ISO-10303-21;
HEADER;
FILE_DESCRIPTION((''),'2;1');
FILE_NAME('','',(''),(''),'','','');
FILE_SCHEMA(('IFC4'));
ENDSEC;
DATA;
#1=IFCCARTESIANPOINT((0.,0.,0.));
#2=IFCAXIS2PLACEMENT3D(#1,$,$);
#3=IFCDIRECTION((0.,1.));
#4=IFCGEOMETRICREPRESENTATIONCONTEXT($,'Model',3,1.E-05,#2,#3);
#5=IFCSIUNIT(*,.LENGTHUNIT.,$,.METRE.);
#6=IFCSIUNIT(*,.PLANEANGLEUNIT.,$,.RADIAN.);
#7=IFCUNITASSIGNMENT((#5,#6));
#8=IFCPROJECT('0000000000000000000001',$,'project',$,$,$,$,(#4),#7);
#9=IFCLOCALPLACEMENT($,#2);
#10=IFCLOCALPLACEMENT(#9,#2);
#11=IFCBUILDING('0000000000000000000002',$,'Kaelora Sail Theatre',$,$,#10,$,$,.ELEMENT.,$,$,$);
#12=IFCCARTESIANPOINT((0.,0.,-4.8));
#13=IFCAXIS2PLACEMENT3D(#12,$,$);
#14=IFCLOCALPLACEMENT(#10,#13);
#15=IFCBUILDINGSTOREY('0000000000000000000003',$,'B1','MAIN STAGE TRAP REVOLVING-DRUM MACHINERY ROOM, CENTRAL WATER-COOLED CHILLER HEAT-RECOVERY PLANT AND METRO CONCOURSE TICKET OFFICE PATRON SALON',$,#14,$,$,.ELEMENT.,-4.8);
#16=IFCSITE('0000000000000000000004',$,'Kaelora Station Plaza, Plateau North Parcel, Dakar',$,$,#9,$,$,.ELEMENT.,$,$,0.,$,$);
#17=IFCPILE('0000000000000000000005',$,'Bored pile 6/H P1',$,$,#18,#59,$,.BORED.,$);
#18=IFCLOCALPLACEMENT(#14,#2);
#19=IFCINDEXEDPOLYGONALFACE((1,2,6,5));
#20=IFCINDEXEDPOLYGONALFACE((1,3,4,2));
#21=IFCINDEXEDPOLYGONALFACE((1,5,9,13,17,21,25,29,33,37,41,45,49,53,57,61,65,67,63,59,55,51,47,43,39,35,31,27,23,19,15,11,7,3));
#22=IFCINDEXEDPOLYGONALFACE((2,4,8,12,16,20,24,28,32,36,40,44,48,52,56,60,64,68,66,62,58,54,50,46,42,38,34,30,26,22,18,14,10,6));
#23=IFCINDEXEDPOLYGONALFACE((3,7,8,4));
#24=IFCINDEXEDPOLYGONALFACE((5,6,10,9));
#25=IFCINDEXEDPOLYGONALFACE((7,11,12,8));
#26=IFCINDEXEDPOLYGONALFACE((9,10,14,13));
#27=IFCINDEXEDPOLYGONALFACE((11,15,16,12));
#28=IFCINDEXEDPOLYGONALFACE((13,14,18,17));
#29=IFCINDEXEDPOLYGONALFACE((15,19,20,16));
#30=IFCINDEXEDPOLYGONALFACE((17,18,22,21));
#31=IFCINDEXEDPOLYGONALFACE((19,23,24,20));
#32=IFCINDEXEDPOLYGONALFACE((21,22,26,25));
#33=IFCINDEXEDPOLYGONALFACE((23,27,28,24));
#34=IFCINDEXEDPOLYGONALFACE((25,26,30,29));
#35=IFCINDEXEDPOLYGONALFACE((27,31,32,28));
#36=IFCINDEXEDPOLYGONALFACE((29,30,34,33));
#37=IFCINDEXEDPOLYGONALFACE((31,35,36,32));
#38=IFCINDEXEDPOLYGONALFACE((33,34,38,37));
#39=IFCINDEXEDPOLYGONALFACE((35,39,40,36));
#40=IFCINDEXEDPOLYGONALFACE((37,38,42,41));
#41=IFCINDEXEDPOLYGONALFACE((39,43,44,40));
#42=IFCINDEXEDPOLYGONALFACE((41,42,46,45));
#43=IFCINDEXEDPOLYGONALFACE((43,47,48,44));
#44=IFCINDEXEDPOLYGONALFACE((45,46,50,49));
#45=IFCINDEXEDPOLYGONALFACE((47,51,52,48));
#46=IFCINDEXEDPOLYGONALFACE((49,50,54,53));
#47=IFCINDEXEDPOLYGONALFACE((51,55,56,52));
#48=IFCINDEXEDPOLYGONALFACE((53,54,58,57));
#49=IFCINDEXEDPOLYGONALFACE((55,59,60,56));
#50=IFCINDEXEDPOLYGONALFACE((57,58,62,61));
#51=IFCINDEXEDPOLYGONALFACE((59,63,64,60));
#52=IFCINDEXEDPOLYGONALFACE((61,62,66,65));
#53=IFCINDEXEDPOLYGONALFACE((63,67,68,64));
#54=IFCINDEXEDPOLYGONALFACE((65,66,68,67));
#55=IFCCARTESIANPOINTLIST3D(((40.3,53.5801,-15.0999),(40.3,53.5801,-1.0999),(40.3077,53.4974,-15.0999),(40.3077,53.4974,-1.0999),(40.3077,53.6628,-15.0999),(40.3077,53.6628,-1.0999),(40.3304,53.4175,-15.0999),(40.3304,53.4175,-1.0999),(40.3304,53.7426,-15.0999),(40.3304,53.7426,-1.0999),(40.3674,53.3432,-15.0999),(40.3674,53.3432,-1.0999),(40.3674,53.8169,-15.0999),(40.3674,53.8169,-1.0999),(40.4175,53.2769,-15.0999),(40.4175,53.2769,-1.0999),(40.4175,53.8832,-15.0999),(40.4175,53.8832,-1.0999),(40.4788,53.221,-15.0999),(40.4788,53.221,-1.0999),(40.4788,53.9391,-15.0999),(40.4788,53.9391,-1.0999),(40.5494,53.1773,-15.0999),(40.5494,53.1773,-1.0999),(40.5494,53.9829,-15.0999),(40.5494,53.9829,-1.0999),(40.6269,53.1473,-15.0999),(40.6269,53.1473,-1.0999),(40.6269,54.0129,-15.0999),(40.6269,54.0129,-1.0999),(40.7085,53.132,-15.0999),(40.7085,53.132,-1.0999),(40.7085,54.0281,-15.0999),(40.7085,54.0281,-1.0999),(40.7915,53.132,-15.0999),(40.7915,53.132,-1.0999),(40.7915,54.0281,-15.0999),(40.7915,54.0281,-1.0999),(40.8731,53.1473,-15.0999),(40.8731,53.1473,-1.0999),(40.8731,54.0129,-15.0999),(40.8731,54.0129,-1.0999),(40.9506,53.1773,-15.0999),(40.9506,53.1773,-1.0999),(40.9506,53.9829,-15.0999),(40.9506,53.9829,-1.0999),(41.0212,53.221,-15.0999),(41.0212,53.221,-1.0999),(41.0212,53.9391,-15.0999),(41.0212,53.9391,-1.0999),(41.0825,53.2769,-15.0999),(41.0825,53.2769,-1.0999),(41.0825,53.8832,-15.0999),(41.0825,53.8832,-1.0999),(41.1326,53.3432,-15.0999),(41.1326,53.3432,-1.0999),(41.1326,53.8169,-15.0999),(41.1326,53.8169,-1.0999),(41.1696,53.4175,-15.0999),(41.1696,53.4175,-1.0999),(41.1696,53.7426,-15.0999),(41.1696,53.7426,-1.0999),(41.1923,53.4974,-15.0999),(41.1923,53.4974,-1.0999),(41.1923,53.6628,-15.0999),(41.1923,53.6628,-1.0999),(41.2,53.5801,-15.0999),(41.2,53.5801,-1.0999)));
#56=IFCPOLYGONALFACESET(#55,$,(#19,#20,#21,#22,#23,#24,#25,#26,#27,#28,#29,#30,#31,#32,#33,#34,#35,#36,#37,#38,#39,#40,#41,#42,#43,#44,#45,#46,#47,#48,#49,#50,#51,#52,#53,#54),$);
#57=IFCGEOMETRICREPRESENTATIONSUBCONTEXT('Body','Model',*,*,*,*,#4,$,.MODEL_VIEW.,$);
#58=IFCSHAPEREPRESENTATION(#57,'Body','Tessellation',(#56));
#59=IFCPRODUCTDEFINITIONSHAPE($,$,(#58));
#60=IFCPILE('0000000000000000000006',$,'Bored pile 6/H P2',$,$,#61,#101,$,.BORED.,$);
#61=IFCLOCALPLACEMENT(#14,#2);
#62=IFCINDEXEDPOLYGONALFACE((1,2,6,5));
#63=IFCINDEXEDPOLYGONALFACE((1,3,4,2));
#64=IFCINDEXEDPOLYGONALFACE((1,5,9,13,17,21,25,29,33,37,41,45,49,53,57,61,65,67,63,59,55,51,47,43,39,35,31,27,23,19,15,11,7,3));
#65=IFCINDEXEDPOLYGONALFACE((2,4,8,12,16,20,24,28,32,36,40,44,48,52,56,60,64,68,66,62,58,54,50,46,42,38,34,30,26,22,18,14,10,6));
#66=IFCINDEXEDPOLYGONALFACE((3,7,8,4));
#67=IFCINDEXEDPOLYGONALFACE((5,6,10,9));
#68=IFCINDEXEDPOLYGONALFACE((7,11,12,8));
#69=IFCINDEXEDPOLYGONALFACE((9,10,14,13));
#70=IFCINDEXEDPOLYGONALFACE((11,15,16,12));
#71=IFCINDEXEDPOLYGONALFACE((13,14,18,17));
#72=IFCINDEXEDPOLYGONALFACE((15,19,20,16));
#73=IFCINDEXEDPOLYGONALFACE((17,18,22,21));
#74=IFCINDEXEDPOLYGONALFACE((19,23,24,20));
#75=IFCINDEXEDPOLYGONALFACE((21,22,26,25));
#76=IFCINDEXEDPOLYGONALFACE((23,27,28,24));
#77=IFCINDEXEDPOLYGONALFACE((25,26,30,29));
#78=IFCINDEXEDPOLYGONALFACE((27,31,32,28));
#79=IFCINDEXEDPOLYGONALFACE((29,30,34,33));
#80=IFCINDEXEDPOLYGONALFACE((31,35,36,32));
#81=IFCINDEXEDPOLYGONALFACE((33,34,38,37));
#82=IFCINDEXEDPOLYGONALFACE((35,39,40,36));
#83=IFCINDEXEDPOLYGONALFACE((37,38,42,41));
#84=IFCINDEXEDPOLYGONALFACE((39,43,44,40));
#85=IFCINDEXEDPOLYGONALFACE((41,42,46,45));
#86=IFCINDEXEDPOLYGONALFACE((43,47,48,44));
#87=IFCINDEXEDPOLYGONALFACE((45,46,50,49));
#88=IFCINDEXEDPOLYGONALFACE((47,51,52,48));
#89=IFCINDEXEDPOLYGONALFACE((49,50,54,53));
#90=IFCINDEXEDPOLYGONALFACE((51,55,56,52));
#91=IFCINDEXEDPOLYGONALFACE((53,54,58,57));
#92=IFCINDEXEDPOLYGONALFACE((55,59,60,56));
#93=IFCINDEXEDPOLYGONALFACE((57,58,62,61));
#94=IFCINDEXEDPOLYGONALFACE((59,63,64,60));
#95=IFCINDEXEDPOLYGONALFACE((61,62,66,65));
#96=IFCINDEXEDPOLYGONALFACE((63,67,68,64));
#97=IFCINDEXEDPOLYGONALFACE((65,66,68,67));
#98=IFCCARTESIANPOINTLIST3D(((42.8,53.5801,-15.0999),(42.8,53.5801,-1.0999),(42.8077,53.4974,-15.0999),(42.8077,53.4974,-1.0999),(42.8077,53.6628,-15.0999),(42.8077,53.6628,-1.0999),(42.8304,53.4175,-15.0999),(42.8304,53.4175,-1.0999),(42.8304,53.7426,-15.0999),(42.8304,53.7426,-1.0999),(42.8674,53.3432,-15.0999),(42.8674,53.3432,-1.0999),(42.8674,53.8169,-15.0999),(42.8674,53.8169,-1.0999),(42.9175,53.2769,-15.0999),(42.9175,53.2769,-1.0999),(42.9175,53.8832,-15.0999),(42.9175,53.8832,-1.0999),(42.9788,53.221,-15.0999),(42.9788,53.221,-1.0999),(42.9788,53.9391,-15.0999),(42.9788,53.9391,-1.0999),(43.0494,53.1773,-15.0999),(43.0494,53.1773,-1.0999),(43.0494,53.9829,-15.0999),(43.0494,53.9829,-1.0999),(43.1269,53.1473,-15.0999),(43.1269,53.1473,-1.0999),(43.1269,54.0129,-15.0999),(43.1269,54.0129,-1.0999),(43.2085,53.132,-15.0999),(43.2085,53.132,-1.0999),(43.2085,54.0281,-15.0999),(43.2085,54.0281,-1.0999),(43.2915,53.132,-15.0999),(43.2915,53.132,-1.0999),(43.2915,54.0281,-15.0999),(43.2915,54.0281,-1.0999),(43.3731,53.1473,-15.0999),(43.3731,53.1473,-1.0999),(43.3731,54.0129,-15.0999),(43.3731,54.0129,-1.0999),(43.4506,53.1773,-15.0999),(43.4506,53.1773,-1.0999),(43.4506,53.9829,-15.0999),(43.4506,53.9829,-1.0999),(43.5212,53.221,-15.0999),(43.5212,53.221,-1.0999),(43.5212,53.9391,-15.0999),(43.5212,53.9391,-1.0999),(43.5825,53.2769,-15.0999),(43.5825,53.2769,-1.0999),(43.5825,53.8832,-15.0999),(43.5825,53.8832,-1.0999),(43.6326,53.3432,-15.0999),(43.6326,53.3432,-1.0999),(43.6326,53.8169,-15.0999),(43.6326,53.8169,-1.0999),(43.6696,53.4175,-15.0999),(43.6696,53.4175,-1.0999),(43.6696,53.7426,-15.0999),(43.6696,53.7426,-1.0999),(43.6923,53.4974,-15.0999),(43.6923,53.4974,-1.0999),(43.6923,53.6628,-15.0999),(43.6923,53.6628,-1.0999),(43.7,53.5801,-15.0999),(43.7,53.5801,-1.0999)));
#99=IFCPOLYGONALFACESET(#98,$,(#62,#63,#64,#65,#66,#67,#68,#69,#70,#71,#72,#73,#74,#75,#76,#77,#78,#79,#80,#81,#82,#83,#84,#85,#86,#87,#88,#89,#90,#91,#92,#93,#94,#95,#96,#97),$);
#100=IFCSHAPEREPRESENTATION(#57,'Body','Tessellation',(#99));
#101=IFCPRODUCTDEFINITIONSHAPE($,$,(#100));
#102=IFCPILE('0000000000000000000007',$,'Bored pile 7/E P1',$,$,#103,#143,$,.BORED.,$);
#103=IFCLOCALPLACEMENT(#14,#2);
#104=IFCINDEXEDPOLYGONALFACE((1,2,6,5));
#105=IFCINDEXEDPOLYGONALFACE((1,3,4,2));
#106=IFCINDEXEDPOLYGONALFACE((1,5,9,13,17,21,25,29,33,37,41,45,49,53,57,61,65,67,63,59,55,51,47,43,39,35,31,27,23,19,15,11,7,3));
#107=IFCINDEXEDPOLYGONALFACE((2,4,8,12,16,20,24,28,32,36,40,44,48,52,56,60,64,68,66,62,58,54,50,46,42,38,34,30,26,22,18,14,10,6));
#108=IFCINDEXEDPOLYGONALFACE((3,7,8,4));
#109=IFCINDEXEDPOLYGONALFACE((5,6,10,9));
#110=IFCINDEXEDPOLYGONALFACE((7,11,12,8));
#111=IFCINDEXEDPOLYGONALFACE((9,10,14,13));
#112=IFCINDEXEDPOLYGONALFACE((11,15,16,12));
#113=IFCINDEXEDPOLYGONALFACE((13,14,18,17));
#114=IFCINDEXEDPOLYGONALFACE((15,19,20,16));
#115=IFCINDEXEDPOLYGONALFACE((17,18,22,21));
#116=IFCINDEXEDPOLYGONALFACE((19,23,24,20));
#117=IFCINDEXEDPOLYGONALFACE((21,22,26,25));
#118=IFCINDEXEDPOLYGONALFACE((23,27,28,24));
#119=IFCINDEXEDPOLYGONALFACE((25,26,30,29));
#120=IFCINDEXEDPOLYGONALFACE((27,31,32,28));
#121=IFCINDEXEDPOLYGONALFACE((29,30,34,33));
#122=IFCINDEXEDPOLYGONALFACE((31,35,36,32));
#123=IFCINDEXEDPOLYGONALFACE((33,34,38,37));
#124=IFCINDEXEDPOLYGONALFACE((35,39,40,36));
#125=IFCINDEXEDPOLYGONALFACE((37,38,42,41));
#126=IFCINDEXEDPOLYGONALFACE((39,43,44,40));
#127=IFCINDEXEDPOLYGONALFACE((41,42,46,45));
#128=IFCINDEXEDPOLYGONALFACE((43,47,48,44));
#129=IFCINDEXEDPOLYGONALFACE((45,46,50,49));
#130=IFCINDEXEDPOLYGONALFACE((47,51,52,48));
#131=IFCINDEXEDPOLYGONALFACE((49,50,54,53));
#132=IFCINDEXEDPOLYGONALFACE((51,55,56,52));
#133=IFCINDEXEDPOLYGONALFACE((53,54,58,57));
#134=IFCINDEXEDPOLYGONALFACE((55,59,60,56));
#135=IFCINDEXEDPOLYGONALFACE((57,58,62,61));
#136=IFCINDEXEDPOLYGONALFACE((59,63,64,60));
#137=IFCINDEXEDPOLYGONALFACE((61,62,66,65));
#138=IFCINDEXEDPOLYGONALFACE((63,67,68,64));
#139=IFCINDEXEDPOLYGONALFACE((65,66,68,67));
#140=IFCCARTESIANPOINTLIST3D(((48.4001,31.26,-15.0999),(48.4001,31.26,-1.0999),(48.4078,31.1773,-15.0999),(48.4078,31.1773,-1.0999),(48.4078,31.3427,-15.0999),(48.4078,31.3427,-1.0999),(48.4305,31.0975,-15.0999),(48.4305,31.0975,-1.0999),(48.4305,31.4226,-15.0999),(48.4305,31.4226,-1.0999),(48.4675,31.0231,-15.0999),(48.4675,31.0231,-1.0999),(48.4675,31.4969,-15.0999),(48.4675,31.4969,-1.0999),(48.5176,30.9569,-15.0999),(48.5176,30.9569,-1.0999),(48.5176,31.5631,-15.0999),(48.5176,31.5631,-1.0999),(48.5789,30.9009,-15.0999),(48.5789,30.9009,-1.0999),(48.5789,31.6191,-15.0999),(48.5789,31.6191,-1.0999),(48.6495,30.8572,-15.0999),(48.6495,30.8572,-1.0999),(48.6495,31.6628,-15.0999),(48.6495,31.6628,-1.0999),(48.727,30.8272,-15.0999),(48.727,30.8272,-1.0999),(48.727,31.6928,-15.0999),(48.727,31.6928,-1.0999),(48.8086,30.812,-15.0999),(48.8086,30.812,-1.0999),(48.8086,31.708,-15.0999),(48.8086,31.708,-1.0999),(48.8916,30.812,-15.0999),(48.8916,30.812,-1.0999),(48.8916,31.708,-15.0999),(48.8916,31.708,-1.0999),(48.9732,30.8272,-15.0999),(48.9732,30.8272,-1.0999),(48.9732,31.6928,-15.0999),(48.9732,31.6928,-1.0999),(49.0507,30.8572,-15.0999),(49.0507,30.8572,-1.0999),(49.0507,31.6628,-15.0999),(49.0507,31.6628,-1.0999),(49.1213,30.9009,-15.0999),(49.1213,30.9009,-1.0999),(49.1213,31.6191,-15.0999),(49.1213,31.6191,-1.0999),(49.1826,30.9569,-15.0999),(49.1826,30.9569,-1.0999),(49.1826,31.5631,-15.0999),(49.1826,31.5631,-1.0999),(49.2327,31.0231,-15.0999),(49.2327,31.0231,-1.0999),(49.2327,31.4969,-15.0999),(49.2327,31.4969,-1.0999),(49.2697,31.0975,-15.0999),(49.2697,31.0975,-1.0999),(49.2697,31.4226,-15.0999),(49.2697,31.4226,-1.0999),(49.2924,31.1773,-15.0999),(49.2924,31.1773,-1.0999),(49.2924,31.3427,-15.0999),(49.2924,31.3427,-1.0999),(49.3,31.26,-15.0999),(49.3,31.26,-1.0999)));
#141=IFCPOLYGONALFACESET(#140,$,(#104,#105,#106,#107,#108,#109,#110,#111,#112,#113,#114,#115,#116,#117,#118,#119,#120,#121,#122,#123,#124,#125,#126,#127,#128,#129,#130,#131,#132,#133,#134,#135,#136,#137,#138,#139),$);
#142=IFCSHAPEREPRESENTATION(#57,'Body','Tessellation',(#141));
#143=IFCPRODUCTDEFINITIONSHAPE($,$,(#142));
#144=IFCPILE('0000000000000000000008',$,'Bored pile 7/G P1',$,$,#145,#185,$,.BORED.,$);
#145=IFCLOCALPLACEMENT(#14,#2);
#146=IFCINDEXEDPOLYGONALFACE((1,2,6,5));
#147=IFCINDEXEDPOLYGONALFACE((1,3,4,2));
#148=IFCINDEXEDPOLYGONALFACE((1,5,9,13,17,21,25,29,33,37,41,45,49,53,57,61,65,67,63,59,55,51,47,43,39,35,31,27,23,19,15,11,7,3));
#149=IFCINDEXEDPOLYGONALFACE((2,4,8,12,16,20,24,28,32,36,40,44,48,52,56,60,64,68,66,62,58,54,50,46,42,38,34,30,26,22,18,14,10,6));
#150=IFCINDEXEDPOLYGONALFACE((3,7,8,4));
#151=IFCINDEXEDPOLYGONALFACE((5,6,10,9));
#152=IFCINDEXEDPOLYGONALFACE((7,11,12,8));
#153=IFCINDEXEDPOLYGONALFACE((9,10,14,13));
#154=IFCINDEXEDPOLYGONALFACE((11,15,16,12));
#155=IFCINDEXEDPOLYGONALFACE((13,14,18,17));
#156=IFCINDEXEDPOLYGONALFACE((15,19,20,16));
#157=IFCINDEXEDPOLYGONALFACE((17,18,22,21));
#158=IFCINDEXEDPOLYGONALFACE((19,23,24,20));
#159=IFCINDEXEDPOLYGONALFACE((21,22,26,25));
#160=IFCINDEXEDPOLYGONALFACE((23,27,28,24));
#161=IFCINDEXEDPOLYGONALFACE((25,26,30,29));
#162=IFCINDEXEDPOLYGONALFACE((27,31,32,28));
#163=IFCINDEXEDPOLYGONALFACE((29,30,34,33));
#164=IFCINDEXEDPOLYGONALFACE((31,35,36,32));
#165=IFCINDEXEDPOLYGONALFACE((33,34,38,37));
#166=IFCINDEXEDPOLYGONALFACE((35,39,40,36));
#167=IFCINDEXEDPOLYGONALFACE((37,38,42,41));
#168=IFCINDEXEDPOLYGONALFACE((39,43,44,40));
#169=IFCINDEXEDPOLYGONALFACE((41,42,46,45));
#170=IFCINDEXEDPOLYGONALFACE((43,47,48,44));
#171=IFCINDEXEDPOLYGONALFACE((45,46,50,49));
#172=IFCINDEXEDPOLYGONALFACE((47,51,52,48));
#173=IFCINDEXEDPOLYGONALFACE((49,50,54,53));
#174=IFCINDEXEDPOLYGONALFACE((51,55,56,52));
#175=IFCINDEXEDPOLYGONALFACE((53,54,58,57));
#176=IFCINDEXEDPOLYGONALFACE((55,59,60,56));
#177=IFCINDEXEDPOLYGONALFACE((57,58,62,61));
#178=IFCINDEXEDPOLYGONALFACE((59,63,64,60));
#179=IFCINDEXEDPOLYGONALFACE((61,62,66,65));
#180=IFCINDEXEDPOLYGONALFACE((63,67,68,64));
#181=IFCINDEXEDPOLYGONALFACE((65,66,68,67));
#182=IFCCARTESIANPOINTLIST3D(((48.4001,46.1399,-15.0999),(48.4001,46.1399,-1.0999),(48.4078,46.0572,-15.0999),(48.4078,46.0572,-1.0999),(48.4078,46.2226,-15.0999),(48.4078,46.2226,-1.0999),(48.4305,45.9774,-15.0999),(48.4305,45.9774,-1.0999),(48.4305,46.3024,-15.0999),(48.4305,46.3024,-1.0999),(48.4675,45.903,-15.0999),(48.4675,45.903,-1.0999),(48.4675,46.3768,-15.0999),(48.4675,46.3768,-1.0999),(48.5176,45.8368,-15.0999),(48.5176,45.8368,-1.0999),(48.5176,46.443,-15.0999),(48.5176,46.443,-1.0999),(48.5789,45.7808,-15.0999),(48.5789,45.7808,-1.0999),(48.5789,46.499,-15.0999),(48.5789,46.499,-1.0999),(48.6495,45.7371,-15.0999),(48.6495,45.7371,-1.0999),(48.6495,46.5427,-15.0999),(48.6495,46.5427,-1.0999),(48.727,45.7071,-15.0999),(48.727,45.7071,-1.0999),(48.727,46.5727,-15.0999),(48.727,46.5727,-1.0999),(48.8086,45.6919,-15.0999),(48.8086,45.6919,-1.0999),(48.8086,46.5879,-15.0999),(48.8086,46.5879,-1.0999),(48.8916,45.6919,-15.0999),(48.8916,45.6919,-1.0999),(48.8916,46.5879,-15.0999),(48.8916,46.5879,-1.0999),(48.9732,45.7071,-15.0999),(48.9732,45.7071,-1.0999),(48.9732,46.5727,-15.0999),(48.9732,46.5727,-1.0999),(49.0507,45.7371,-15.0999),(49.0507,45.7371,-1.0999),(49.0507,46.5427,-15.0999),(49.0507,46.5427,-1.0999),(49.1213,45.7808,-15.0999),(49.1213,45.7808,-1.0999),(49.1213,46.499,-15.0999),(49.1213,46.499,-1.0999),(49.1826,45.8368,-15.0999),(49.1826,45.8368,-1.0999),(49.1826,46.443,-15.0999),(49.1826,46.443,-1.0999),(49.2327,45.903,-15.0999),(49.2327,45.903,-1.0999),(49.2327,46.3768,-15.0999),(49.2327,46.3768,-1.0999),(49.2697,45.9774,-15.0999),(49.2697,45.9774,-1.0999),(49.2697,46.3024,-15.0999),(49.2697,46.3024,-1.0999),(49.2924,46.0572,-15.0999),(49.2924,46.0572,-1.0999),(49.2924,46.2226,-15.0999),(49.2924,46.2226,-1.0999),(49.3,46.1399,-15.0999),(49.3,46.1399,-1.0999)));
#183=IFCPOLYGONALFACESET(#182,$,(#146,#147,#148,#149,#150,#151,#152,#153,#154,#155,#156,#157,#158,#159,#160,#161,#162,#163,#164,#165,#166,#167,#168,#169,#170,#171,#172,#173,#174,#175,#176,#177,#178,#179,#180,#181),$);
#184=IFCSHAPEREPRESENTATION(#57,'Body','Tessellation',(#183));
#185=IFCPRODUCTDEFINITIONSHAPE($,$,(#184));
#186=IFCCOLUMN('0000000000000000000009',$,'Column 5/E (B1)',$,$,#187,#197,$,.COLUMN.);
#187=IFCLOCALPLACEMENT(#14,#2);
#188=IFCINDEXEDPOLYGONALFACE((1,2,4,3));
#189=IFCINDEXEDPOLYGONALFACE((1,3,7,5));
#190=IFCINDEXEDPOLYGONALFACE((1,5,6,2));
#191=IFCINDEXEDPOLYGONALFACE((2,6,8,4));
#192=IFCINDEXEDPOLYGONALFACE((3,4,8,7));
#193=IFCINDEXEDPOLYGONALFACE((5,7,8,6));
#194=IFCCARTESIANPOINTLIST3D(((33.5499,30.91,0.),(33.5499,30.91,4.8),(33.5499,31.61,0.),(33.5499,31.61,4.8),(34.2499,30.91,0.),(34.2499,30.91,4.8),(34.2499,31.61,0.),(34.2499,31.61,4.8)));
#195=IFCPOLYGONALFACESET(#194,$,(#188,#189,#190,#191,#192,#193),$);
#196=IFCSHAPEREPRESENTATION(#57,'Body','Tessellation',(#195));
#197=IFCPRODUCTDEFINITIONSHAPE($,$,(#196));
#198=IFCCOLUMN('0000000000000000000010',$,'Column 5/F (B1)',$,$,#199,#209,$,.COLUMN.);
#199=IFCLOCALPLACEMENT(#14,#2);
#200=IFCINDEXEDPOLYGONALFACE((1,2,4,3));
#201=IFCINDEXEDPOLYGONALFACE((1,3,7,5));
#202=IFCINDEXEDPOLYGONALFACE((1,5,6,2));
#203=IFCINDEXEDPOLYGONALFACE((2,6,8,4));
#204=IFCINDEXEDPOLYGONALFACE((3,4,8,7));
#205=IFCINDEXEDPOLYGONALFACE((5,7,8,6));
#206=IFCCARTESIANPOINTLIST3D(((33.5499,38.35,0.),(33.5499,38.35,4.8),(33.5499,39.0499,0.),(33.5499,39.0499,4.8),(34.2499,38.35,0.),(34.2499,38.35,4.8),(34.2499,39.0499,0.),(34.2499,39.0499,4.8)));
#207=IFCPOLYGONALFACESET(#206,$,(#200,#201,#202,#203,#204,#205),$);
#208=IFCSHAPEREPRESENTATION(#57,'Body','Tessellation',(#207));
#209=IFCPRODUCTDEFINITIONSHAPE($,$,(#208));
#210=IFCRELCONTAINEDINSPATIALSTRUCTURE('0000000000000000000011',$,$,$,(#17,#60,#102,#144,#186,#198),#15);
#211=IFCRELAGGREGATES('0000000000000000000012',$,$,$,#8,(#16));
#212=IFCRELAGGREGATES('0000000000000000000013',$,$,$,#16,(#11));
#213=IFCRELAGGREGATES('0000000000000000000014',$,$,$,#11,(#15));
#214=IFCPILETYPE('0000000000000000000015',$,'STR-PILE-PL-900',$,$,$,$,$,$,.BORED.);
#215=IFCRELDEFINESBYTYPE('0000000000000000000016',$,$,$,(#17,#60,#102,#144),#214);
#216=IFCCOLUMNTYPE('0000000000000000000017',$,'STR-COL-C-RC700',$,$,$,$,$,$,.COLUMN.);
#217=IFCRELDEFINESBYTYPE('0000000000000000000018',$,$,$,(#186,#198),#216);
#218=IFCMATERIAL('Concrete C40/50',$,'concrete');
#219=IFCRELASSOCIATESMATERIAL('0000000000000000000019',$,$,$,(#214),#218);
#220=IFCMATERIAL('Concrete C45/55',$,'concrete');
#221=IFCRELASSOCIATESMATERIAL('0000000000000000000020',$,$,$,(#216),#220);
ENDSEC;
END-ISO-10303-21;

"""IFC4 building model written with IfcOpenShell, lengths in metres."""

from ifc_helpers import new_model, si_unit, direction, frame, origin, origin_2d, place, context, subcontext, project, spatial, rectangle, circle, extrude, material, material_profile, profile_set, type_object, element, save


model = new_model("IFC4")

# Units and contexts
model_context = context("Model", 3, precision=1e-05, world=origin(), true_north=direction((0.0, 1.0)))
body_context = subcontext(model_context, "Body", "Model", "MODEL_VIEW")
ifc_project = project(units=[si_unit("LENGTHUNIT", "METRE"), si_unit("PLANEANGLEUNIT", "RADIAN")], contexts=[model_context])

# Site, building, storey
site_placement = place(None, origin())
site = spatial("IfcSite", under=ifc_project, at=site_placement, Name="Kaelora Station Plaza, Plateau North Parcel, Dakar", CompositionType="ELEMENT", RefElevation=0.0)
building_placement = place(site_placement, origin())
building = spatial("IfcBuilding", under=site, at=building_placement, Name="Kaelora Sail Theatre", CompositionType="ELEMENT")
storey_placement = place(building_placement, frame((0.0, 0.0, -4.8)))
storey = spatial("IfcBuildingStorey", under=building, at=storey_placement, Name="B1", Description="MAIN STAGE TRAP REVOLVING-DRUM MACHINERY ROOM, CENTRAL WATER-COOLED CHILLER HEAT-RECOVERY PLANT AND METRO CONCOURSE TICKET OFFICE PATRON SALON", CompositionType="ELEMENT", Elevation=-4.8)

# Piles
ifc_material_1 = material(Name="Concrete C40/50", Category="concrete")
ifc_material_profile_1 = material_profile(ifc_material_1, circle(Radius=0.45, at=origin_2d()), Name="PILE D900")
ifc_profile_set_1 = profile_set([ifc_material_profile_1], Name="Concrete C40/50")
pile_type = type_object("IfcPileType", Name="STR-PILE-PL-900", PredefinedType="BORED", material=ifc_profile_set_1)
for number, where, z_axis, x_axis, name in (
    (1, (40.75, 53.5801, -1.0999), (0.0, 0.0, -1.0), (1.0, 0.0, 0.0), "Bored pile 6/H P1"),
    (2, (43.25, 53.5801, -1.0999), (0.0, 0.0, -1.0), (1.0, 0.0, 0.0), "Bored pile 6/H P2"),
    (3, (48.8501, 31.26, -1.0999), (0.0, 0.0, -1.0), (1.0, 0.0, 0.0), "Bored pile 7/E P1"),
    (4, (48.8501, 46.1399, -1.0999), (0.0, 0.0, -1.0), (1.0, 0.0, 0.0), "Bored pile 7/G P1"),
):
    element("IfcPile", number, at=place(storey_placement, frame(where, z_axis=z_axis, x_axis=x_axis)), inside=storey, type_object=pile_type, Name=name, PredefinedType="BORED", context=body_context, shape_type="SweptSolid", body=[
        extrude(circle(Radius=0.45, at=origin_2d()), origin(), (0.0, 0.0, 1.0), 14.0),
    ])

# Columns
ifc_material_2 = material(Name="Concrete C45/55", Category="concrete")
ifc_material_profile_2 = material_profile(ifc_material_2, rectangle(XDim=0.7, YDim=0.7, at=origin_2d()), Name="RC-COL 700x700")
ifc_profile_set_2 = profile_set([ifc_material_profile_2], Name="Concrete C45/55")
column_type_1 = type_object("IfcColumnType", Name="STR-COL-C-RC700", PredefinedType="COLUMN", material=ifc_profile_set_2)
for number, where, z_axis, x_axis, name in (
    (5, (33.8999, 31.26, 0.0), (0.0, 0.0, 1.0), (1.0, 0.0, 0.0), "Column 5/E (B1)"),
    (6, (33.8999, 38.7, 0.0), (0.0, 0.0, 1.0), (1.0, 0.0, 0.0), "Column 5/F (B1)"),
):
    element("IfcColumn", number, at=place(storey_placement, frame(where, z_axis=z_axis, x_axis=x_axis)), inside=storey, type_object=column_type_1, Name=name, PredefinedType="COLUMN", context=body_context, shape_type="SweptSolid", body=[
        extrude(rectangle(XDim=0.7, YDim=0.7, at=origin_2d()), origin(), (0.0, 0.0, 1.0), 4.8),
    ])

save(model, "model.ifc")
